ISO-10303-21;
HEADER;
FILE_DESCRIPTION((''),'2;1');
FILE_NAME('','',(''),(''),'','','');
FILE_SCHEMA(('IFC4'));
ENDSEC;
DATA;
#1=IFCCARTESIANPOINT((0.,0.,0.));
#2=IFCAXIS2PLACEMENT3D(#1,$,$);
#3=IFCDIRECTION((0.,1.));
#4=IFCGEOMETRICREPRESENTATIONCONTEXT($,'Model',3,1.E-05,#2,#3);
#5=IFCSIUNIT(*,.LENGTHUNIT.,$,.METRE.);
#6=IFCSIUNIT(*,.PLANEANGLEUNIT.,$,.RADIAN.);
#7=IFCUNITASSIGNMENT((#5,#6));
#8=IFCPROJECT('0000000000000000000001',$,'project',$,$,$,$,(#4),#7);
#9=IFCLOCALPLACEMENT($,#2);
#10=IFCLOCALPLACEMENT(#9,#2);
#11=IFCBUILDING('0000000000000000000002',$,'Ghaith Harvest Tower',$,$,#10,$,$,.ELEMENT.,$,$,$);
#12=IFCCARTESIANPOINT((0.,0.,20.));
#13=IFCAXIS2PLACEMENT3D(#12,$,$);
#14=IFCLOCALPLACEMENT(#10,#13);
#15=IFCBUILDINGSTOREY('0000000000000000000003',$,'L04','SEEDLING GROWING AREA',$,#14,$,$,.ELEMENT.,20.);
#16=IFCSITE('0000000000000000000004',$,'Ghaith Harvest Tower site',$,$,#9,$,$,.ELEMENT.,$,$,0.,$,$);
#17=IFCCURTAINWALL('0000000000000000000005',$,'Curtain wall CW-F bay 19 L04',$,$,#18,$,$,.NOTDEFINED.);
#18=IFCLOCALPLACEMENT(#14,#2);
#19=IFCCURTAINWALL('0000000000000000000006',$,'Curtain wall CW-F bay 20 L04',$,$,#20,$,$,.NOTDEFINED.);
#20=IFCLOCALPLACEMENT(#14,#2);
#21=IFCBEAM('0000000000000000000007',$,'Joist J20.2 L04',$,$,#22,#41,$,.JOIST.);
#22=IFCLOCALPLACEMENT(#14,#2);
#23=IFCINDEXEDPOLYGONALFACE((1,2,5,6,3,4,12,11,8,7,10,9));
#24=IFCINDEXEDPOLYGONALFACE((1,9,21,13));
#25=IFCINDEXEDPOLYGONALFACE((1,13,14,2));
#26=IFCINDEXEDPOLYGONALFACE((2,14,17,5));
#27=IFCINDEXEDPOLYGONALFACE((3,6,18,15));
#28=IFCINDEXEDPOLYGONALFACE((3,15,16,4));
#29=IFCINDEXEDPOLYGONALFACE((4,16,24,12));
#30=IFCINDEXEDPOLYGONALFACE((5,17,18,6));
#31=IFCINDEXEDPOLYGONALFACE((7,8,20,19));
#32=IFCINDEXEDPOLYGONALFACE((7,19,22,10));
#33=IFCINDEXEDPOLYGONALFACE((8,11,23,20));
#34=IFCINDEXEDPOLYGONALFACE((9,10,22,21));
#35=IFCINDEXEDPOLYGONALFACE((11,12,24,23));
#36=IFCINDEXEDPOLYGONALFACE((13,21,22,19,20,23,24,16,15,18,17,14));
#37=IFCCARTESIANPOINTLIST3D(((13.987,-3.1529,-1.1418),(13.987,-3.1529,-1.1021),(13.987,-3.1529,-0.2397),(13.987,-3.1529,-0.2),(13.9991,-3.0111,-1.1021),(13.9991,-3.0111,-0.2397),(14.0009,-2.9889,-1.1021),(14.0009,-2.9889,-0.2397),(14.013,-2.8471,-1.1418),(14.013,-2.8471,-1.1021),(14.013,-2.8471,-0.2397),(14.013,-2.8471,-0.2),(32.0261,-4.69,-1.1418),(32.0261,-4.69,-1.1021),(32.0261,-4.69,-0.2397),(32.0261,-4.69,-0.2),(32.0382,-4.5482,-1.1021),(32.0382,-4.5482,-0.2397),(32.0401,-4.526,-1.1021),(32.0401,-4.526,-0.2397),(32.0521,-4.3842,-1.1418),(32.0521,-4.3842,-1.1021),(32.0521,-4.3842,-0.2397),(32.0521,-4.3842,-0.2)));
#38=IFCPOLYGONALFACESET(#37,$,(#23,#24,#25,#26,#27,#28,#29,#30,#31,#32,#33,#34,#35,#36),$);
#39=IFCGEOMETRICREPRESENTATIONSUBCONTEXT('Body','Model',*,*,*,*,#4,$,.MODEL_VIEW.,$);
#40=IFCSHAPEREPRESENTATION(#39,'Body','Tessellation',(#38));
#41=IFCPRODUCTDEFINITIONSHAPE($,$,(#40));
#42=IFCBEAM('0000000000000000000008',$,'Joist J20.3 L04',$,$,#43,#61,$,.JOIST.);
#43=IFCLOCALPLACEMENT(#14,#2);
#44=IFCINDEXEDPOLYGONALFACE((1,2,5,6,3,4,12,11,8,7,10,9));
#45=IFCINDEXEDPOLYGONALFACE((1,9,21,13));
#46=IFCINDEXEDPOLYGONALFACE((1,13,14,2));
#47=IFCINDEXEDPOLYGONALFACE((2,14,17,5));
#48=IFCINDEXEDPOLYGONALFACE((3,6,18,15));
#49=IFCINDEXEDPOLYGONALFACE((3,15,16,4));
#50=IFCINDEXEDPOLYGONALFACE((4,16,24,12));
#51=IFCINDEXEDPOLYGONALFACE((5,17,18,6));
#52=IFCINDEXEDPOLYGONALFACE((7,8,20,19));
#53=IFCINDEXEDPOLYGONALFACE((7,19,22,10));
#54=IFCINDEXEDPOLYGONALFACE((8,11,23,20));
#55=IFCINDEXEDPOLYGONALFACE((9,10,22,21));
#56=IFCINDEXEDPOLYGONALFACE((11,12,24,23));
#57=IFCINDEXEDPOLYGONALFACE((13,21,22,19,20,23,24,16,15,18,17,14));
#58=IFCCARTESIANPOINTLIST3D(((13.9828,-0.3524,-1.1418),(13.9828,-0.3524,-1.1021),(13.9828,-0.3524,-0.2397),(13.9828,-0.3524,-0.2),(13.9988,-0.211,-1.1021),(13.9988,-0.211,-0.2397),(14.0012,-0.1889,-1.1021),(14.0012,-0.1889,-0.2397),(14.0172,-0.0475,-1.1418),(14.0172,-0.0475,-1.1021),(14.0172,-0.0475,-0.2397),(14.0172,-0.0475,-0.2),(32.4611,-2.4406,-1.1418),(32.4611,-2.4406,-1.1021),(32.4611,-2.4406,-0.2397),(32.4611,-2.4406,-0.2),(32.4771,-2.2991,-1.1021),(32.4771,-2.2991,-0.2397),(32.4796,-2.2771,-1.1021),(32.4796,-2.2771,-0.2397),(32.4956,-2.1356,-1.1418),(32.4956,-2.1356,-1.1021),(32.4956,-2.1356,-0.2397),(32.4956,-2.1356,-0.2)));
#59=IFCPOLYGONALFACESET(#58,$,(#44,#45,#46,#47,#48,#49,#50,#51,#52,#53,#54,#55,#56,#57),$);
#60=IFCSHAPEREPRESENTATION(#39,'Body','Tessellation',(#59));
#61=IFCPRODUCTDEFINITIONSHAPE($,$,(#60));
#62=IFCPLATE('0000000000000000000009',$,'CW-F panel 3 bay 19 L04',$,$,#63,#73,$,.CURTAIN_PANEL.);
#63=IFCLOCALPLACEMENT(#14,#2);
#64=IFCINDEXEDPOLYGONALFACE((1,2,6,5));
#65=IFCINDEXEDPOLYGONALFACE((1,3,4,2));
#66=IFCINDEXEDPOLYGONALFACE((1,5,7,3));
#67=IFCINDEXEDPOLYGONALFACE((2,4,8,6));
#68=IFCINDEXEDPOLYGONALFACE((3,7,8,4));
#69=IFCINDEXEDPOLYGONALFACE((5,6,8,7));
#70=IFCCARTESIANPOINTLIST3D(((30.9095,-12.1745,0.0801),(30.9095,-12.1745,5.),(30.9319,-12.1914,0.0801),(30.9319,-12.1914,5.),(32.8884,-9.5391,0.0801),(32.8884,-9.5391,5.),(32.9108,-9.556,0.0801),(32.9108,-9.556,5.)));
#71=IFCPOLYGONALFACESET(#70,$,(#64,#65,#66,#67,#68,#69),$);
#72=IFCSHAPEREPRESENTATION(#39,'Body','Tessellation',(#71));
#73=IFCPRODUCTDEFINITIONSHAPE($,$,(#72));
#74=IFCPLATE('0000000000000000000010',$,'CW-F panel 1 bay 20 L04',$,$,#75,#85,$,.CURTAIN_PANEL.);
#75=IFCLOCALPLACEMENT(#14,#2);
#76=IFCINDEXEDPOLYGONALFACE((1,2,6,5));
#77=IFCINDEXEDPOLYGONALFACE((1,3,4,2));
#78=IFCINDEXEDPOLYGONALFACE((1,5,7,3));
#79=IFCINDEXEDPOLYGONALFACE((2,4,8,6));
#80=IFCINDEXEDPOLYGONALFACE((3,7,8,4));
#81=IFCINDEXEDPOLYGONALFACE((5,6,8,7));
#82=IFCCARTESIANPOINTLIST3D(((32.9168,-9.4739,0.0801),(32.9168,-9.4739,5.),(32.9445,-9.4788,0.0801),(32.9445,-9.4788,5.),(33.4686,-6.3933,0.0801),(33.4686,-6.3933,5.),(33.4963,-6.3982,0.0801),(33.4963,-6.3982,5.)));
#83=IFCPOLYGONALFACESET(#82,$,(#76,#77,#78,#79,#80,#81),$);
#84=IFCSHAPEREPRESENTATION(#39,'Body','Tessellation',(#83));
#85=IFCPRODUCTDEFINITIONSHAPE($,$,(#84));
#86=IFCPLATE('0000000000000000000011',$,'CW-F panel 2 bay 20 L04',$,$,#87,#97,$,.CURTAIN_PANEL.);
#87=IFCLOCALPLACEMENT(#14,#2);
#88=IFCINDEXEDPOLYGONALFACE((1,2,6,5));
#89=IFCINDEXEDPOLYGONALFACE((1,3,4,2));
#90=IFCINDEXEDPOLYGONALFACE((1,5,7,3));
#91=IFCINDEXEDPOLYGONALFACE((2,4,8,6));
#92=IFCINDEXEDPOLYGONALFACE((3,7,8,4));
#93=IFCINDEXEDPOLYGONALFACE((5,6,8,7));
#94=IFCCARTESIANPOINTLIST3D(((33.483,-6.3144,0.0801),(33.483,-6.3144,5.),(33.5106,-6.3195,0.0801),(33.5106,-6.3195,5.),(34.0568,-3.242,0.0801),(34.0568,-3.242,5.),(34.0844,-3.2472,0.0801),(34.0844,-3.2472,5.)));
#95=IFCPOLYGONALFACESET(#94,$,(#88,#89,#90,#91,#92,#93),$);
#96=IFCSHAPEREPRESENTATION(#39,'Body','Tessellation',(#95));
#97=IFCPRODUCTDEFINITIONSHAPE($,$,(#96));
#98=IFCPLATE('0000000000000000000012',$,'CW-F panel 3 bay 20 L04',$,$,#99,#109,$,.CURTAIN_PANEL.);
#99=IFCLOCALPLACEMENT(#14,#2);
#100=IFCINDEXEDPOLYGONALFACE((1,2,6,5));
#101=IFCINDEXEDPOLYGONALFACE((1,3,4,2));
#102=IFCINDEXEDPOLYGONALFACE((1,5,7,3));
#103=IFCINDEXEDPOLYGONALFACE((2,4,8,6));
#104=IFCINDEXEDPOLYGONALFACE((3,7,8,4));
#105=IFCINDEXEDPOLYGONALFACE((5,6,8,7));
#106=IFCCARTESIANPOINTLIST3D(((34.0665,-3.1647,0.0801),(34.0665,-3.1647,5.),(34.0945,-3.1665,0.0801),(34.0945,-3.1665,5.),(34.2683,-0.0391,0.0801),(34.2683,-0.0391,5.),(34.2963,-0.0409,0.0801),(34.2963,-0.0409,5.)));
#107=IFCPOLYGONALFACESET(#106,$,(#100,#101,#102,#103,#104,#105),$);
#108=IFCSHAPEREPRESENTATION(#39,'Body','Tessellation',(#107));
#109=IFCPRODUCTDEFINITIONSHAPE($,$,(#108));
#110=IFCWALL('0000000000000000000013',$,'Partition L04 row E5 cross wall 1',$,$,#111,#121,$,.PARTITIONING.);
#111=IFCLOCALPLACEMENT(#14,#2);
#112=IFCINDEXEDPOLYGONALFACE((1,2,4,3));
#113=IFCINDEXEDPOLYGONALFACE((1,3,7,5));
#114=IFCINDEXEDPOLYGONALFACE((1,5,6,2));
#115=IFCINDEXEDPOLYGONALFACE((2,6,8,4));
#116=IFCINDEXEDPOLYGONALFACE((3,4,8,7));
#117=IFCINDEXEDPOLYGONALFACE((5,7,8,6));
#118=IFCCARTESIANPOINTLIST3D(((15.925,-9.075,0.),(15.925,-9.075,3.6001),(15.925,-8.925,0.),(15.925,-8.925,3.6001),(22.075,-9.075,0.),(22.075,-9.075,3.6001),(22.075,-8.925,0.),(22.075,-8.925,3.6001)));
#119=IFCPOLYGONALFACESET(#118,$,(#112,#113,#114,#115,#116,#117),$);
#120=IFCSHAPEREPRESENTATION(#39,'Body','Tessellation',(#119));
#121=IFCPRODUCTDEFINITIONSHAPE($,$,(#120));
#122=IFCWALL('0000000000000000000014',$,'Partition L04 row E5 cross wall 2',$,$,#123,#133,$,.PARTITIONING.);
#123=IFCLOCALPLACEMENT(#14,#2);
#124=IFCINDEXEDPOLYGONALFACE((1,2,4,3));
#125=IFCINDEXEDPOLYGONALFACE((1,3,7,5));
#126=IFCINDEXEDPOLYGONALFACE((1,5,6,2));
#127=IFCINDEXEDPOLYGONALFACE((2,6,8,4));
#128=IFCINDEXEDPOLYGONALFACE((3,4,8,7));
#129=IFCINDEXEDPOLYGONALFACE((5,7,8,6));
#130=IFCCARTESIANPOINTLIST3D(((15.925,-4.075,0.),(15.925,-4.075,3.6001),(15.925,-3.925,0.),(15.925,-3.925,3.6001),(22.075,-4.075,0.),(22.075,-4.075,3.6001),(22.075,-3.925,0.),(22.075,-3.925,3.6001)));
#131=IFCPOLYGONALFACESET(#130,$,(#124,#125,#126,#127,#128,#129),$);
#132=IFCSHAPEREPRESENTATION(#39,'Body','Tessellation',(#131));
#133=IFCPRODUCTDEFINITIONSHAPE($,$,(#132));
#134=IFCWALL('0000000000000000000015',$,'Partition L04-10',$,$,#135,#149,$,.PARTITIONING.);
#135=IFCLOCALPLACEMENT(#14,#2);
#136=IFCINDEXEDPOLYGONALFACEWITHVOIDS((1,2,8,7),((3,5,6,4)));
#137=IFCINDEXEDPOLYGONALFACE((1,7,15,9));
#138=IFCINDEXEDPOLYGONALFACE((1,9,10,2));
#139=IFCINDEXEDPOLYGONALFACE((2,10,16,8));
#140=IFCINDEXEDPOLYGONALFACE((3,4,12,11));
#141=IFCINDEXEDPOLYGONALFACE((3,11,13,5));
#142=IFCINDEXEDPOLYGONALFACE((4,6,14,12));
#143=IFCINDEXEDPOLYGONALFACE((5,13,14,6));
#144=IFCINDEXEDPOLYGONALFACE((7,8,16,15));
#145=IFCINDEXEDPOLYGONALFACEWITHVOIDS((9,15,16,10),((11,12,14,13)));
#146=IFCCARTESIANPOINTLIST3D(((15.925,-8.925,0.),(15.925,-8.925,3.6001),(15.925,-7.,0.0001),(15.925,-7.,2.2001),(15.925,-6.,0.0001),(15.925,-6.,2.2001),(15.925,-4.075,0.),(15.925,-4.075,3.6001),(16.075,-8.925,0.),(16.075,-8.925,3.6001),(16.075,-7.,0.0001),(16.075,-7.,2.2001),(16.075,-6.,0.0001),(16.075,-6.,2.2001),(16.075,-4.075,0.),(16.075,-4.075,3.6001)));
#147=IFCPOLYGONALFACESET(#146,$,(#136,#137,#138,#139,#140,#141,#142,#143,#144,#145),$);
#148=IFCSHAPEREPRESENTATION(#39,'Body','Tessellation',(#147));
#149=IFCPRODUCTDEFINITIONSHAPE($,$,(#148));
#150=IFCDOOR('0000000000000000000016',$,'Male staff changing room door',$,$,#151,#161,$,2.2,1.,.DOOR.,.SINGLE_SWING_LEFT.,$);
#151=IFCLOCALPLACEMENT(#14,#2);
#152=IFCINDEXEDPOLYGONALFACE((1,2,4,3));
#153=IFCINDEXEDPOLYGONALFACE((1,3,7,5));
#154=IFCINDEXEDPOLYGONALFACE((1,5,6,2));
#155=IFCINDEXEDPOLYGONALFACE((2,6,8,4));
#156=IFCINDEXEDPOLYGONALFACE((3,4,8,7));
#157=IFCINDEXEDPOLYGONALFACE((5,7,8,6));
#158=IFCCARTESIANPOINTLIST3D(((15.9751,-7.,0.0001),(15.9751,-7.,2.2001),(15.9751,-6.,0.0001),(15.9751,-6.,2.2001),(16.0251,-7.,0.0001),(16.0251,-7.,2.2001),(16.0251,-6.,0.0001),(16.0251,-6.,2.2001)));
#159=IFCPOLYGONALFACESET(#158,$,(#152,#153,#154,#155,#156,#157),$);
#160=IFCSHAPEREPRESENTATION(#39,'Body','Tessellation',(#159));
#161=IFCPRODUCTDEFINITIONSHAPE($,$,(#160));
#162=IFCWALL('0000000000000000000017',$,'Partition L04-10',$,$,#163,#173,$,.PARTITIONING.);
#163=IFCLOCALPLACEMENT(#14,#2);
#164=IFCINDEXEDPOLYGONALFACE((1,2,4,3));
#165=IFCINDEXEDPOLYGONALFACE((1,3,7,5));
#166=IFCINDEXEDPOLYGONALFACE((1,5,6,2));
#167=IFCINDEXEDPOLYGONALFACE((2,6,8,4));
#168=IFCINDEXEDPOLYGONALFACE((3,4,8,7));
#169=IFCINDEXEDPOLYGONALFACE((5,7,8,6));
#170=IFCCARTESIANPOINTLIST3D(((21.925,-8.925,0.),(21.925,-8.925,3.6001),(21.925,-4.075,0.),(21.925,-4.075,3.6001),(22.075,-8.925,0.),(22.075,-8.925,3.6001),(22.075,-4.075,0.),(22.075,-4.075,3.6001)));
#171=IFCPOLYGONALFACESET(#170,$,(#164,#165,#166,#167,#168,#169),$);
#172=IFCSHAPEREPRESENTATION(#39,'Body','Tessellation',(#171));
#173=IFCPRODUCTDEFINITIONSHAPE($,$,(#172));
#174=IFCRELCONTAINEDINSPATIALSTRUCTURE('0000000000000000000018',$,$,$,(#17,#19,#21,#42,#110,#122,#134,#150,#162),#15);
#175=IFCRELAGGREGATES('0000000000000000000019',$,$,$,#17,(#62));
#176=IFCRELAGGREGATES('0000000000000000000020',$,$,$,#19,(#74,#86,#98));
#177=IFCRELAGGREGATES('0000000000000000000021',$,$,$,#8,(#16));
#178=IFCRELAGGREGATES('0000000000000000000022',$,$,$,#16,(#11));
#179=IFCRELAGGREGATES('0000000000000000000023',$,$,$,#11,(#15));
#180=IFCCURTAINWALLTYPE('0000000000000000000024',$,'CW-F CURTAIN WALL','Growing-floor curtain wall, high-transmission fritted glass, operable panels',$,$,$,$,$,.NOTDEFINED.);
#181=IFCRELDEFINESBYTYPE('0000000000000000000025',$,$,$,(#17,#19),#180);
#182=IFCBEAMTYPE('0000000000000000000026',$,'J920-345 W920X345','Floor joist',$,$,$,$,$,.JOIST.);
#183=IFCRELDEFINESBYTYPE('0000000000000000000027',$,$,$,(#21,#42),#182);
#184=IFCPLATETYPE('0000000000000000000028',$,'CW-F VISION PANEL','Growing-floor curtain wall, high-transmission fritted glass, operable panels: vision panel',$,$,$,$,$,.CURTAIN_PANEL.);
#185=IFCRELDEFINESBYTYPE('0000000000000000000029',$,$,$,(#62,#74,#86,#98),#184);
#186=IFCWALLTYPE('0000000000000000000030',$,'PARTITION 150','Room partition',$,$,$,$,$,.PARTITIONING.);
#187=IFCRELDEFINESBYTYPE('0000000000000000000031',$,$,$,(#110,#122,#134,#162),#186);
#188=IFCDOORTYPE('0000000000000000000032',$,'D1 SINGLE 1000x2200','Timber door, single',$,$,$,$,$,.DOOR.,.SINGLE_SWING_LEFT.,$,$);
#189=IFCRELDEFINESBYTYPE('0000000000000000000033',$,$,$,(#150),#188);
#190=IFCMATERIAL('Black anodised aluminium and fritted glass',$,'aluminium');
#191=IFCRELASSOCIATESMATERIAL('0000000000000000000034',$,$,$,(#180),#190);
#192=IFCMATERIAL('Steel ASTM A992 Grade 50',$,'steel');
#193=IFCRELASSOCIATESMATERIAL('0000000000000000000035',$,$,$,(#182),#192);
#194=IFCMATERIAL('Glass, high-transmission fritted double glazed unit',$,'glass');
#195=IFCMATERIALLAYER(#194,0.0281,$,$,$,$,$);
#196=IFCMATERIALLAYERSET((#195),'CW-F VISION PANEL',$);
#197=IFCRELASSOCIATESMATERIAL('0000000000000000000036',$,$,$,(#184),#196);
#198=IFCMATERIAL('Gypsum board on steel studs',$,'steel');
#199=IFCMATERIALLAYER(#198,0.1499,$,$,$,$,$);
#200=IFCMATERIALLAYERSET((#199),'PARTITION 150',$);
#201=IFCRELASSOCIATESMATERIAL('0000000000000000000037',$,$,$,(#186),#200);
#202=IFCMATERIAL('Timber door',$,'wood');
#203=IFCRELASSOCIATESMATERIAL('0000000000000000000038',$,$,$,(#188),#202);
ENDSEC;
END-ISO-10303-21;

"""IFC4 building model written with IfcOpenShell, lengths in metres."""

from ifc_helpers import new_model, si_unit, direction, frame, frame_2d, origin, origin_2d, place, context, subcontext, project, spatial, rectangle, i_section, extrude, material, layer, layer_set, material_profile, profile_set, type_object, element, fill, aggregate, save


model = new_model("IFC4")

# Units and contexts
model_context = context("Model", 3, precision=1e-05, world=origin(), true_north=direction((0.0, 1.0)))
body_context = subcontext(model_context, "Body", "Model", "MODEL_VIEW")
ifc_project = project(units=[si_unit("LENGTHUNIT", "METRE"), si_unit("PLANEANGLEUNIT", "RADIAN")], contexts=[model_context])

# Site, building, storey
site_placement = place(None, origin())
site = spatial("IfcSite", under=ifc_project, at=site_placement, Name="Ghaith Harvest Tower site", CompositionType="ELEMENT", RefElevation=0.0)
building_placement = place(site_placement, origin())
building = spatial("IfcBuilding", under=site, at=building_placement, Name="Ghaith Harvest Tower", CompositionType="ELEMENT")
storey_placement = place(building_placement, frame((0.0, 0.0, 20.0)))
storey = spatial("IfcBuildingStorey", under=building, at=storey_placement, Name="L04", Description="SEEDLING GROWING AREA", CompositionType="ELEMENT", Elevation=20.0)

# Curtain wall
ifc_material_1 = material(Name="Black anodised aluminium and fritted glass", Category="aluminium")
curtain_wall_type = type_object("IfcCurtainWallType", Name="CW-F CURTAIN WALL", Description="Growing-floor curtain wall, high-transmission fritted glass, operable panels", PredefinedType="NOTDEFINED", material=ifc_material_1)
curtain_wall_1_placement = place(storey_placement, origin())
curtain_wall_1 = element("IfcCurtainWall", 1, at=curtain_wall_1_placement, inside=storey, type_object=curtain_wall_type, Name="Curtain wall CW-F bay 19 L04", PredefinedType="NOTDEFINED")

# Curtain wall
curtain_wall_2_placement = place(storey_placement, origin())
curtain_wall_2 = element("IfcCurtainWall", 2, at=curtain_wall_2_placement, inside=storey, type_object=curtain_wall_type, Name="Curtain wall CW-F bay 20 L04", PredefinedType="NOTDEFINED")

# Beams
ifc_material_2 = material(Name="Steel ASTM A992 Grade 50", Category="steel")
ifc_material_profile_1 = material_profile(ifc_material_2, i_section(OverallWidth=0.3069, OverallDepth=0.9419, WebThickness=0.0222, FlangeThickness=0.0398, at=origin_2d()), Name="W920X345")
ifc_profile_set_1 = profile_set([ifc_material_profile_1], Name="Steel ASTM A992 Grade 50")
beam_type_1 = type_object("IfcBeamType", Name="J920-345 W920X345", Description="Floor joist", PredefinedType="JOIST", material=ifc_profile_set_1)
beam_1_placement = place(storey_placement, frame((14.0, -3.0, -0.6709), z_axis=(0.996389, -0.084902, 0.0), x_axis=(0.084902, 0.996389, 0.0)))
element("IfcBeam", 3, at=beam_1_placement, inside=storey, type_object=beam_type_1, Name="Joist J20.2 L04", PredefinedType="JOIST", context=body_context, shape_type="SweptSolid", body=[
    extrude(i_section(OverallWidth=0.3069, OverallDepth=0.9419, WebThickness=0.0222, FlangeThickness=0.0398, at=origin_2d()), origin(), (0.0, 0.0, 1.0), 18.1045),
])
beam_2_placement = place(storey_placement, frame((14.0, -0.2, -0.6709), z_axis=(0.993675, -0.11229, 0.0), x_axis=(0.11229, 0.993675, 0.0)))
element("IfcBeam", 4, at=beam_2_placement, inside=storey, type_object=beam_type_1, Name="Joist J20.3 L04", PredefinedType="JOIST", context=body_context, shape_type="SweptSolid", body=[
    extrude(i_section(OverallWidth=0.3069, OverallDepth=0.9419, WebThickness=0.0222, FlangeThickness=0.0398, at=origin_2d()), origin(), (0.0, 0.0, 1.0), 18.5959),
])

# Plates
ifc_material_3 = material(Name="Glass, high-transmission fritted double glazed unit", Category="glass")
ifc_layer_1 = layer(ifc_material_3, 0.0281)
ifc_layer_set_1 = layer_set([ifc_layer_1], Name="CW-F VISION PANEL")
plate_type = type_object("IfcPlateType", Name="CW-F VISION PANEL", Description="Growing-floor curtain wall, high-transmission fritted glass, operable panels: vision panel", PredefinedType="CURTAIN_PANEL", material=ifc_layer_set_1)
plate_1_placement = place(storey_placement, frame((31.9102, -10.8652, 0.0801), z_axis=(0.0, 0.0, 1.0), x_axis=(0.600454, 0.799659, 0.0)))
plate_1 = element("IfcPlate", 5, at=plate_1_placement, type_object=plate_type, Name="CW-F panel 3 bay 19 L04", PredefinedType="CURTAIN_PANEL", context=body_context, shape_type="SweptSolid", body=[
    extrude(rectangle(XDim=3.2957, YDim=0.0281, at=origin_2d()), origin(), (0.0, 0.0, 1.0), 4.9199),
])
aggregate(curtain_wall_1, [plate_1])
plate_2_placement = place(storey_placement, frame((33.2065, -7.936, 0.0801), z_axis=(0.0, 0.0, 1.0), x_axis=(0.17632, 0.984333, 0.0)))
plate_2 = element("IfcPlate", 6, at=plate_2_placement, type_object=plate_type, Name="CW-F panel 1 bay 20 L04", PredefinedType="CURTAIN_PANEL", context=body_context, shape_type="SweptSolid", body=[
    extrude(rectangle(XDim=3.1296, YDim=0.0281, at=origin_2d()), origin(), (0.0, 0.0, 1.0), 4.9199),
])
plate_3_placement = place(storey_placement, frame((33.7837, -4.7808, 0.0801), z_axis=(0.0, 0.0, 1.0), x_axis=(0.183569, 0.983007, 0.0)))
plate_3 = element("IfcPlate", 7, at=plate_3_placement, type_object=plate_type, Name="CW-F panel 2 bay 20 L04", PredefinedType="CURTAIN_PANEL", context=body_context, shape_type="SweptSolid", body=[
    extrude(rectangle(XDim=3.1255, YDim=0.0281, at=origin_2d()), origin(), (0.0, 0.0, 1.0), 4.9199),
])
plate_4_placement = place(storey_placement, frame((34.1814, -1.6028, 0.0801), z_axis=(0.0, 0.0, 1.0), x_axis=(0.064446, 0.997921, 0.0)))
plate_4 = element("IfcPlate", 8, at=plate_4_placement, type_object=plate_type, Name="CW-F panel 3 bay 20 L04", PredefinedType="CURTAIN_PANEL", context=body_context, shape_type="SweptSolid", body=[
    extrude(rectangle(XDim=3.1321, YDim=0.0281, at=origin_2d()), origin(), (0.0, 0.0, 1.0), 4.9199),
])
aggregate(curtain_wall_2, [plate_2, plate_3, plate_4])

# Walls
ifc_material_4 = material(Name="Gypsum board on steel studs", Category="steel")
ifc_layer_2 = layer(ifc_material_4, 0.1499)
ifc_layer_set_2 = layer_set([ifc_layer_2], Name="PARTITION 150")
wall_type = type_object("IfcWallType", Name="PARTITION 150", Description="Room partition", PredefinedType="PARTITIONING", material=ifc_layer_set_2)
for number, where, z_axis, x_axis, name in (
    (9, (15.925, -9.0, 0.0), (0.0, 0.0, 1.0), (1.0, 0.0, 0.0), "Partition L04 row E5 cross wall 1"),
    (10, (15.925, -4.0, 0.0), (0.0, 0.0, 1.0), (1.0, 0.0, 0.0), "Partition L04 row E5 cross wall 2"),
):
    element("IfcWall", number, at=place(storey_placement, frame(where, z_axis=z_axis, x_axis=x_axis)), inside=storey, type_object=wall_type, Name=name, PredefinedType="PARTITIONING", context=body_context, shape_type="SweptSolid", body=[
        extrude(rectangle(XDim=6.1499, YDim=0.1499, at=frame_2d((3.075, 0.0))), origin(), (0.0, 0.0, 1.0), 3.6001),
    ])

# Wall, opening, door
wall_1_placement = place(storey_placement, frame((16.0, -8.925, 0.0), z_axis=(0.0, 0.0, 1.0), x_axis=(0.0, 1.0, 0.0)))
wall_1 = element("IfcWall", 11, at=wall_1_placement, inside=storey, type_object=wall_type, Name="Partition L04-10", PredefinedType="PARTITIONING", context=body_context, shape_type="SweptSolid", body=[
    extrude(rectangle(XDim=4.8501, YDim=0.1499, at=frame_2d((2.425, 0.0))), origin(), (0.0, 0.0, 1.0), 3.6001),
])
opening_1_placement = place(wall_1_placement, frame((1.925, 0.0, 0.0)))
opening_1 = element("IfcOpeningElement", 12, at=opening_1_placement, cuts=wall_1, PredefinedType="OPENING", context=body_context, shape_type="SweptSolid", body=[
    extrude(rectangle(XDim=1.0, YDim=2.2, at=frame_2d((0.5, 1.1001))), frame((0.0, 0.085, 0.0), z_axis=(0.0, -1.0, 0.0), x_axis=(1.0, 0.0, 0.0)), (0.0, 0.0, 1.0), 0.1699),
])
ifc_material_5 = material(Name="Timber door", Category="wood")
door_type_1 = type_object("IfcDoorType", Name="D1 SINGLE 1000x2200", Description="Timber door, single", OperationType="SINGLE_SWING_LEFT", PredefinedType="DOOR", material=ifc_material_5)
door_1_placement = place(opening_1_placement, origin())
door_1 = element("IfcDoor", 13, at=door_1_placement, inside=storey, type_object=door_type_1, Name="Male staff changing room door", OperationType="SINGLE_SWING_LEFT", OverallHeight=2.2, OverallWidth=1.0, PredefinedType="DOOR", context=body_context, shape_type="SweptSolid", body=[
    extrude(rectangle(XDim=1.0, YDim=2.2, at=frame_2d((0.5, 1.1001))), frame((0.0, 0.0249, 0.0), z_axis=(0.0, -1.0, 0.0), x_axis=(1.0, 0.0, 0.0)), (0.0, 0.0, 1.0), 0.05),
])
fill(opening_1, door_1)

# Wall
wall_2_placement = place(storey_placement, frame((22.0, -8.925, 0.0), z_axis=(0.0, 0.0, 1.0), x_axis=(0.0, 1.0, 0.0)))
element("IfcWall", 14, at=wall_2_placement, inside=storey, type_object=wall_type, Name="Partition L04-10", PredefinedType="PARTITIONING", context=body_context, shape_type="SweptSolid", body=[
    extrude(rectangle(XDim=4.8501, YDim=0.1499, at=frame_2d((2.425, 0.0))), origin(), (0.0, 0.0, 1.0), 3.6001),
])

save(model, "model.ifc")
